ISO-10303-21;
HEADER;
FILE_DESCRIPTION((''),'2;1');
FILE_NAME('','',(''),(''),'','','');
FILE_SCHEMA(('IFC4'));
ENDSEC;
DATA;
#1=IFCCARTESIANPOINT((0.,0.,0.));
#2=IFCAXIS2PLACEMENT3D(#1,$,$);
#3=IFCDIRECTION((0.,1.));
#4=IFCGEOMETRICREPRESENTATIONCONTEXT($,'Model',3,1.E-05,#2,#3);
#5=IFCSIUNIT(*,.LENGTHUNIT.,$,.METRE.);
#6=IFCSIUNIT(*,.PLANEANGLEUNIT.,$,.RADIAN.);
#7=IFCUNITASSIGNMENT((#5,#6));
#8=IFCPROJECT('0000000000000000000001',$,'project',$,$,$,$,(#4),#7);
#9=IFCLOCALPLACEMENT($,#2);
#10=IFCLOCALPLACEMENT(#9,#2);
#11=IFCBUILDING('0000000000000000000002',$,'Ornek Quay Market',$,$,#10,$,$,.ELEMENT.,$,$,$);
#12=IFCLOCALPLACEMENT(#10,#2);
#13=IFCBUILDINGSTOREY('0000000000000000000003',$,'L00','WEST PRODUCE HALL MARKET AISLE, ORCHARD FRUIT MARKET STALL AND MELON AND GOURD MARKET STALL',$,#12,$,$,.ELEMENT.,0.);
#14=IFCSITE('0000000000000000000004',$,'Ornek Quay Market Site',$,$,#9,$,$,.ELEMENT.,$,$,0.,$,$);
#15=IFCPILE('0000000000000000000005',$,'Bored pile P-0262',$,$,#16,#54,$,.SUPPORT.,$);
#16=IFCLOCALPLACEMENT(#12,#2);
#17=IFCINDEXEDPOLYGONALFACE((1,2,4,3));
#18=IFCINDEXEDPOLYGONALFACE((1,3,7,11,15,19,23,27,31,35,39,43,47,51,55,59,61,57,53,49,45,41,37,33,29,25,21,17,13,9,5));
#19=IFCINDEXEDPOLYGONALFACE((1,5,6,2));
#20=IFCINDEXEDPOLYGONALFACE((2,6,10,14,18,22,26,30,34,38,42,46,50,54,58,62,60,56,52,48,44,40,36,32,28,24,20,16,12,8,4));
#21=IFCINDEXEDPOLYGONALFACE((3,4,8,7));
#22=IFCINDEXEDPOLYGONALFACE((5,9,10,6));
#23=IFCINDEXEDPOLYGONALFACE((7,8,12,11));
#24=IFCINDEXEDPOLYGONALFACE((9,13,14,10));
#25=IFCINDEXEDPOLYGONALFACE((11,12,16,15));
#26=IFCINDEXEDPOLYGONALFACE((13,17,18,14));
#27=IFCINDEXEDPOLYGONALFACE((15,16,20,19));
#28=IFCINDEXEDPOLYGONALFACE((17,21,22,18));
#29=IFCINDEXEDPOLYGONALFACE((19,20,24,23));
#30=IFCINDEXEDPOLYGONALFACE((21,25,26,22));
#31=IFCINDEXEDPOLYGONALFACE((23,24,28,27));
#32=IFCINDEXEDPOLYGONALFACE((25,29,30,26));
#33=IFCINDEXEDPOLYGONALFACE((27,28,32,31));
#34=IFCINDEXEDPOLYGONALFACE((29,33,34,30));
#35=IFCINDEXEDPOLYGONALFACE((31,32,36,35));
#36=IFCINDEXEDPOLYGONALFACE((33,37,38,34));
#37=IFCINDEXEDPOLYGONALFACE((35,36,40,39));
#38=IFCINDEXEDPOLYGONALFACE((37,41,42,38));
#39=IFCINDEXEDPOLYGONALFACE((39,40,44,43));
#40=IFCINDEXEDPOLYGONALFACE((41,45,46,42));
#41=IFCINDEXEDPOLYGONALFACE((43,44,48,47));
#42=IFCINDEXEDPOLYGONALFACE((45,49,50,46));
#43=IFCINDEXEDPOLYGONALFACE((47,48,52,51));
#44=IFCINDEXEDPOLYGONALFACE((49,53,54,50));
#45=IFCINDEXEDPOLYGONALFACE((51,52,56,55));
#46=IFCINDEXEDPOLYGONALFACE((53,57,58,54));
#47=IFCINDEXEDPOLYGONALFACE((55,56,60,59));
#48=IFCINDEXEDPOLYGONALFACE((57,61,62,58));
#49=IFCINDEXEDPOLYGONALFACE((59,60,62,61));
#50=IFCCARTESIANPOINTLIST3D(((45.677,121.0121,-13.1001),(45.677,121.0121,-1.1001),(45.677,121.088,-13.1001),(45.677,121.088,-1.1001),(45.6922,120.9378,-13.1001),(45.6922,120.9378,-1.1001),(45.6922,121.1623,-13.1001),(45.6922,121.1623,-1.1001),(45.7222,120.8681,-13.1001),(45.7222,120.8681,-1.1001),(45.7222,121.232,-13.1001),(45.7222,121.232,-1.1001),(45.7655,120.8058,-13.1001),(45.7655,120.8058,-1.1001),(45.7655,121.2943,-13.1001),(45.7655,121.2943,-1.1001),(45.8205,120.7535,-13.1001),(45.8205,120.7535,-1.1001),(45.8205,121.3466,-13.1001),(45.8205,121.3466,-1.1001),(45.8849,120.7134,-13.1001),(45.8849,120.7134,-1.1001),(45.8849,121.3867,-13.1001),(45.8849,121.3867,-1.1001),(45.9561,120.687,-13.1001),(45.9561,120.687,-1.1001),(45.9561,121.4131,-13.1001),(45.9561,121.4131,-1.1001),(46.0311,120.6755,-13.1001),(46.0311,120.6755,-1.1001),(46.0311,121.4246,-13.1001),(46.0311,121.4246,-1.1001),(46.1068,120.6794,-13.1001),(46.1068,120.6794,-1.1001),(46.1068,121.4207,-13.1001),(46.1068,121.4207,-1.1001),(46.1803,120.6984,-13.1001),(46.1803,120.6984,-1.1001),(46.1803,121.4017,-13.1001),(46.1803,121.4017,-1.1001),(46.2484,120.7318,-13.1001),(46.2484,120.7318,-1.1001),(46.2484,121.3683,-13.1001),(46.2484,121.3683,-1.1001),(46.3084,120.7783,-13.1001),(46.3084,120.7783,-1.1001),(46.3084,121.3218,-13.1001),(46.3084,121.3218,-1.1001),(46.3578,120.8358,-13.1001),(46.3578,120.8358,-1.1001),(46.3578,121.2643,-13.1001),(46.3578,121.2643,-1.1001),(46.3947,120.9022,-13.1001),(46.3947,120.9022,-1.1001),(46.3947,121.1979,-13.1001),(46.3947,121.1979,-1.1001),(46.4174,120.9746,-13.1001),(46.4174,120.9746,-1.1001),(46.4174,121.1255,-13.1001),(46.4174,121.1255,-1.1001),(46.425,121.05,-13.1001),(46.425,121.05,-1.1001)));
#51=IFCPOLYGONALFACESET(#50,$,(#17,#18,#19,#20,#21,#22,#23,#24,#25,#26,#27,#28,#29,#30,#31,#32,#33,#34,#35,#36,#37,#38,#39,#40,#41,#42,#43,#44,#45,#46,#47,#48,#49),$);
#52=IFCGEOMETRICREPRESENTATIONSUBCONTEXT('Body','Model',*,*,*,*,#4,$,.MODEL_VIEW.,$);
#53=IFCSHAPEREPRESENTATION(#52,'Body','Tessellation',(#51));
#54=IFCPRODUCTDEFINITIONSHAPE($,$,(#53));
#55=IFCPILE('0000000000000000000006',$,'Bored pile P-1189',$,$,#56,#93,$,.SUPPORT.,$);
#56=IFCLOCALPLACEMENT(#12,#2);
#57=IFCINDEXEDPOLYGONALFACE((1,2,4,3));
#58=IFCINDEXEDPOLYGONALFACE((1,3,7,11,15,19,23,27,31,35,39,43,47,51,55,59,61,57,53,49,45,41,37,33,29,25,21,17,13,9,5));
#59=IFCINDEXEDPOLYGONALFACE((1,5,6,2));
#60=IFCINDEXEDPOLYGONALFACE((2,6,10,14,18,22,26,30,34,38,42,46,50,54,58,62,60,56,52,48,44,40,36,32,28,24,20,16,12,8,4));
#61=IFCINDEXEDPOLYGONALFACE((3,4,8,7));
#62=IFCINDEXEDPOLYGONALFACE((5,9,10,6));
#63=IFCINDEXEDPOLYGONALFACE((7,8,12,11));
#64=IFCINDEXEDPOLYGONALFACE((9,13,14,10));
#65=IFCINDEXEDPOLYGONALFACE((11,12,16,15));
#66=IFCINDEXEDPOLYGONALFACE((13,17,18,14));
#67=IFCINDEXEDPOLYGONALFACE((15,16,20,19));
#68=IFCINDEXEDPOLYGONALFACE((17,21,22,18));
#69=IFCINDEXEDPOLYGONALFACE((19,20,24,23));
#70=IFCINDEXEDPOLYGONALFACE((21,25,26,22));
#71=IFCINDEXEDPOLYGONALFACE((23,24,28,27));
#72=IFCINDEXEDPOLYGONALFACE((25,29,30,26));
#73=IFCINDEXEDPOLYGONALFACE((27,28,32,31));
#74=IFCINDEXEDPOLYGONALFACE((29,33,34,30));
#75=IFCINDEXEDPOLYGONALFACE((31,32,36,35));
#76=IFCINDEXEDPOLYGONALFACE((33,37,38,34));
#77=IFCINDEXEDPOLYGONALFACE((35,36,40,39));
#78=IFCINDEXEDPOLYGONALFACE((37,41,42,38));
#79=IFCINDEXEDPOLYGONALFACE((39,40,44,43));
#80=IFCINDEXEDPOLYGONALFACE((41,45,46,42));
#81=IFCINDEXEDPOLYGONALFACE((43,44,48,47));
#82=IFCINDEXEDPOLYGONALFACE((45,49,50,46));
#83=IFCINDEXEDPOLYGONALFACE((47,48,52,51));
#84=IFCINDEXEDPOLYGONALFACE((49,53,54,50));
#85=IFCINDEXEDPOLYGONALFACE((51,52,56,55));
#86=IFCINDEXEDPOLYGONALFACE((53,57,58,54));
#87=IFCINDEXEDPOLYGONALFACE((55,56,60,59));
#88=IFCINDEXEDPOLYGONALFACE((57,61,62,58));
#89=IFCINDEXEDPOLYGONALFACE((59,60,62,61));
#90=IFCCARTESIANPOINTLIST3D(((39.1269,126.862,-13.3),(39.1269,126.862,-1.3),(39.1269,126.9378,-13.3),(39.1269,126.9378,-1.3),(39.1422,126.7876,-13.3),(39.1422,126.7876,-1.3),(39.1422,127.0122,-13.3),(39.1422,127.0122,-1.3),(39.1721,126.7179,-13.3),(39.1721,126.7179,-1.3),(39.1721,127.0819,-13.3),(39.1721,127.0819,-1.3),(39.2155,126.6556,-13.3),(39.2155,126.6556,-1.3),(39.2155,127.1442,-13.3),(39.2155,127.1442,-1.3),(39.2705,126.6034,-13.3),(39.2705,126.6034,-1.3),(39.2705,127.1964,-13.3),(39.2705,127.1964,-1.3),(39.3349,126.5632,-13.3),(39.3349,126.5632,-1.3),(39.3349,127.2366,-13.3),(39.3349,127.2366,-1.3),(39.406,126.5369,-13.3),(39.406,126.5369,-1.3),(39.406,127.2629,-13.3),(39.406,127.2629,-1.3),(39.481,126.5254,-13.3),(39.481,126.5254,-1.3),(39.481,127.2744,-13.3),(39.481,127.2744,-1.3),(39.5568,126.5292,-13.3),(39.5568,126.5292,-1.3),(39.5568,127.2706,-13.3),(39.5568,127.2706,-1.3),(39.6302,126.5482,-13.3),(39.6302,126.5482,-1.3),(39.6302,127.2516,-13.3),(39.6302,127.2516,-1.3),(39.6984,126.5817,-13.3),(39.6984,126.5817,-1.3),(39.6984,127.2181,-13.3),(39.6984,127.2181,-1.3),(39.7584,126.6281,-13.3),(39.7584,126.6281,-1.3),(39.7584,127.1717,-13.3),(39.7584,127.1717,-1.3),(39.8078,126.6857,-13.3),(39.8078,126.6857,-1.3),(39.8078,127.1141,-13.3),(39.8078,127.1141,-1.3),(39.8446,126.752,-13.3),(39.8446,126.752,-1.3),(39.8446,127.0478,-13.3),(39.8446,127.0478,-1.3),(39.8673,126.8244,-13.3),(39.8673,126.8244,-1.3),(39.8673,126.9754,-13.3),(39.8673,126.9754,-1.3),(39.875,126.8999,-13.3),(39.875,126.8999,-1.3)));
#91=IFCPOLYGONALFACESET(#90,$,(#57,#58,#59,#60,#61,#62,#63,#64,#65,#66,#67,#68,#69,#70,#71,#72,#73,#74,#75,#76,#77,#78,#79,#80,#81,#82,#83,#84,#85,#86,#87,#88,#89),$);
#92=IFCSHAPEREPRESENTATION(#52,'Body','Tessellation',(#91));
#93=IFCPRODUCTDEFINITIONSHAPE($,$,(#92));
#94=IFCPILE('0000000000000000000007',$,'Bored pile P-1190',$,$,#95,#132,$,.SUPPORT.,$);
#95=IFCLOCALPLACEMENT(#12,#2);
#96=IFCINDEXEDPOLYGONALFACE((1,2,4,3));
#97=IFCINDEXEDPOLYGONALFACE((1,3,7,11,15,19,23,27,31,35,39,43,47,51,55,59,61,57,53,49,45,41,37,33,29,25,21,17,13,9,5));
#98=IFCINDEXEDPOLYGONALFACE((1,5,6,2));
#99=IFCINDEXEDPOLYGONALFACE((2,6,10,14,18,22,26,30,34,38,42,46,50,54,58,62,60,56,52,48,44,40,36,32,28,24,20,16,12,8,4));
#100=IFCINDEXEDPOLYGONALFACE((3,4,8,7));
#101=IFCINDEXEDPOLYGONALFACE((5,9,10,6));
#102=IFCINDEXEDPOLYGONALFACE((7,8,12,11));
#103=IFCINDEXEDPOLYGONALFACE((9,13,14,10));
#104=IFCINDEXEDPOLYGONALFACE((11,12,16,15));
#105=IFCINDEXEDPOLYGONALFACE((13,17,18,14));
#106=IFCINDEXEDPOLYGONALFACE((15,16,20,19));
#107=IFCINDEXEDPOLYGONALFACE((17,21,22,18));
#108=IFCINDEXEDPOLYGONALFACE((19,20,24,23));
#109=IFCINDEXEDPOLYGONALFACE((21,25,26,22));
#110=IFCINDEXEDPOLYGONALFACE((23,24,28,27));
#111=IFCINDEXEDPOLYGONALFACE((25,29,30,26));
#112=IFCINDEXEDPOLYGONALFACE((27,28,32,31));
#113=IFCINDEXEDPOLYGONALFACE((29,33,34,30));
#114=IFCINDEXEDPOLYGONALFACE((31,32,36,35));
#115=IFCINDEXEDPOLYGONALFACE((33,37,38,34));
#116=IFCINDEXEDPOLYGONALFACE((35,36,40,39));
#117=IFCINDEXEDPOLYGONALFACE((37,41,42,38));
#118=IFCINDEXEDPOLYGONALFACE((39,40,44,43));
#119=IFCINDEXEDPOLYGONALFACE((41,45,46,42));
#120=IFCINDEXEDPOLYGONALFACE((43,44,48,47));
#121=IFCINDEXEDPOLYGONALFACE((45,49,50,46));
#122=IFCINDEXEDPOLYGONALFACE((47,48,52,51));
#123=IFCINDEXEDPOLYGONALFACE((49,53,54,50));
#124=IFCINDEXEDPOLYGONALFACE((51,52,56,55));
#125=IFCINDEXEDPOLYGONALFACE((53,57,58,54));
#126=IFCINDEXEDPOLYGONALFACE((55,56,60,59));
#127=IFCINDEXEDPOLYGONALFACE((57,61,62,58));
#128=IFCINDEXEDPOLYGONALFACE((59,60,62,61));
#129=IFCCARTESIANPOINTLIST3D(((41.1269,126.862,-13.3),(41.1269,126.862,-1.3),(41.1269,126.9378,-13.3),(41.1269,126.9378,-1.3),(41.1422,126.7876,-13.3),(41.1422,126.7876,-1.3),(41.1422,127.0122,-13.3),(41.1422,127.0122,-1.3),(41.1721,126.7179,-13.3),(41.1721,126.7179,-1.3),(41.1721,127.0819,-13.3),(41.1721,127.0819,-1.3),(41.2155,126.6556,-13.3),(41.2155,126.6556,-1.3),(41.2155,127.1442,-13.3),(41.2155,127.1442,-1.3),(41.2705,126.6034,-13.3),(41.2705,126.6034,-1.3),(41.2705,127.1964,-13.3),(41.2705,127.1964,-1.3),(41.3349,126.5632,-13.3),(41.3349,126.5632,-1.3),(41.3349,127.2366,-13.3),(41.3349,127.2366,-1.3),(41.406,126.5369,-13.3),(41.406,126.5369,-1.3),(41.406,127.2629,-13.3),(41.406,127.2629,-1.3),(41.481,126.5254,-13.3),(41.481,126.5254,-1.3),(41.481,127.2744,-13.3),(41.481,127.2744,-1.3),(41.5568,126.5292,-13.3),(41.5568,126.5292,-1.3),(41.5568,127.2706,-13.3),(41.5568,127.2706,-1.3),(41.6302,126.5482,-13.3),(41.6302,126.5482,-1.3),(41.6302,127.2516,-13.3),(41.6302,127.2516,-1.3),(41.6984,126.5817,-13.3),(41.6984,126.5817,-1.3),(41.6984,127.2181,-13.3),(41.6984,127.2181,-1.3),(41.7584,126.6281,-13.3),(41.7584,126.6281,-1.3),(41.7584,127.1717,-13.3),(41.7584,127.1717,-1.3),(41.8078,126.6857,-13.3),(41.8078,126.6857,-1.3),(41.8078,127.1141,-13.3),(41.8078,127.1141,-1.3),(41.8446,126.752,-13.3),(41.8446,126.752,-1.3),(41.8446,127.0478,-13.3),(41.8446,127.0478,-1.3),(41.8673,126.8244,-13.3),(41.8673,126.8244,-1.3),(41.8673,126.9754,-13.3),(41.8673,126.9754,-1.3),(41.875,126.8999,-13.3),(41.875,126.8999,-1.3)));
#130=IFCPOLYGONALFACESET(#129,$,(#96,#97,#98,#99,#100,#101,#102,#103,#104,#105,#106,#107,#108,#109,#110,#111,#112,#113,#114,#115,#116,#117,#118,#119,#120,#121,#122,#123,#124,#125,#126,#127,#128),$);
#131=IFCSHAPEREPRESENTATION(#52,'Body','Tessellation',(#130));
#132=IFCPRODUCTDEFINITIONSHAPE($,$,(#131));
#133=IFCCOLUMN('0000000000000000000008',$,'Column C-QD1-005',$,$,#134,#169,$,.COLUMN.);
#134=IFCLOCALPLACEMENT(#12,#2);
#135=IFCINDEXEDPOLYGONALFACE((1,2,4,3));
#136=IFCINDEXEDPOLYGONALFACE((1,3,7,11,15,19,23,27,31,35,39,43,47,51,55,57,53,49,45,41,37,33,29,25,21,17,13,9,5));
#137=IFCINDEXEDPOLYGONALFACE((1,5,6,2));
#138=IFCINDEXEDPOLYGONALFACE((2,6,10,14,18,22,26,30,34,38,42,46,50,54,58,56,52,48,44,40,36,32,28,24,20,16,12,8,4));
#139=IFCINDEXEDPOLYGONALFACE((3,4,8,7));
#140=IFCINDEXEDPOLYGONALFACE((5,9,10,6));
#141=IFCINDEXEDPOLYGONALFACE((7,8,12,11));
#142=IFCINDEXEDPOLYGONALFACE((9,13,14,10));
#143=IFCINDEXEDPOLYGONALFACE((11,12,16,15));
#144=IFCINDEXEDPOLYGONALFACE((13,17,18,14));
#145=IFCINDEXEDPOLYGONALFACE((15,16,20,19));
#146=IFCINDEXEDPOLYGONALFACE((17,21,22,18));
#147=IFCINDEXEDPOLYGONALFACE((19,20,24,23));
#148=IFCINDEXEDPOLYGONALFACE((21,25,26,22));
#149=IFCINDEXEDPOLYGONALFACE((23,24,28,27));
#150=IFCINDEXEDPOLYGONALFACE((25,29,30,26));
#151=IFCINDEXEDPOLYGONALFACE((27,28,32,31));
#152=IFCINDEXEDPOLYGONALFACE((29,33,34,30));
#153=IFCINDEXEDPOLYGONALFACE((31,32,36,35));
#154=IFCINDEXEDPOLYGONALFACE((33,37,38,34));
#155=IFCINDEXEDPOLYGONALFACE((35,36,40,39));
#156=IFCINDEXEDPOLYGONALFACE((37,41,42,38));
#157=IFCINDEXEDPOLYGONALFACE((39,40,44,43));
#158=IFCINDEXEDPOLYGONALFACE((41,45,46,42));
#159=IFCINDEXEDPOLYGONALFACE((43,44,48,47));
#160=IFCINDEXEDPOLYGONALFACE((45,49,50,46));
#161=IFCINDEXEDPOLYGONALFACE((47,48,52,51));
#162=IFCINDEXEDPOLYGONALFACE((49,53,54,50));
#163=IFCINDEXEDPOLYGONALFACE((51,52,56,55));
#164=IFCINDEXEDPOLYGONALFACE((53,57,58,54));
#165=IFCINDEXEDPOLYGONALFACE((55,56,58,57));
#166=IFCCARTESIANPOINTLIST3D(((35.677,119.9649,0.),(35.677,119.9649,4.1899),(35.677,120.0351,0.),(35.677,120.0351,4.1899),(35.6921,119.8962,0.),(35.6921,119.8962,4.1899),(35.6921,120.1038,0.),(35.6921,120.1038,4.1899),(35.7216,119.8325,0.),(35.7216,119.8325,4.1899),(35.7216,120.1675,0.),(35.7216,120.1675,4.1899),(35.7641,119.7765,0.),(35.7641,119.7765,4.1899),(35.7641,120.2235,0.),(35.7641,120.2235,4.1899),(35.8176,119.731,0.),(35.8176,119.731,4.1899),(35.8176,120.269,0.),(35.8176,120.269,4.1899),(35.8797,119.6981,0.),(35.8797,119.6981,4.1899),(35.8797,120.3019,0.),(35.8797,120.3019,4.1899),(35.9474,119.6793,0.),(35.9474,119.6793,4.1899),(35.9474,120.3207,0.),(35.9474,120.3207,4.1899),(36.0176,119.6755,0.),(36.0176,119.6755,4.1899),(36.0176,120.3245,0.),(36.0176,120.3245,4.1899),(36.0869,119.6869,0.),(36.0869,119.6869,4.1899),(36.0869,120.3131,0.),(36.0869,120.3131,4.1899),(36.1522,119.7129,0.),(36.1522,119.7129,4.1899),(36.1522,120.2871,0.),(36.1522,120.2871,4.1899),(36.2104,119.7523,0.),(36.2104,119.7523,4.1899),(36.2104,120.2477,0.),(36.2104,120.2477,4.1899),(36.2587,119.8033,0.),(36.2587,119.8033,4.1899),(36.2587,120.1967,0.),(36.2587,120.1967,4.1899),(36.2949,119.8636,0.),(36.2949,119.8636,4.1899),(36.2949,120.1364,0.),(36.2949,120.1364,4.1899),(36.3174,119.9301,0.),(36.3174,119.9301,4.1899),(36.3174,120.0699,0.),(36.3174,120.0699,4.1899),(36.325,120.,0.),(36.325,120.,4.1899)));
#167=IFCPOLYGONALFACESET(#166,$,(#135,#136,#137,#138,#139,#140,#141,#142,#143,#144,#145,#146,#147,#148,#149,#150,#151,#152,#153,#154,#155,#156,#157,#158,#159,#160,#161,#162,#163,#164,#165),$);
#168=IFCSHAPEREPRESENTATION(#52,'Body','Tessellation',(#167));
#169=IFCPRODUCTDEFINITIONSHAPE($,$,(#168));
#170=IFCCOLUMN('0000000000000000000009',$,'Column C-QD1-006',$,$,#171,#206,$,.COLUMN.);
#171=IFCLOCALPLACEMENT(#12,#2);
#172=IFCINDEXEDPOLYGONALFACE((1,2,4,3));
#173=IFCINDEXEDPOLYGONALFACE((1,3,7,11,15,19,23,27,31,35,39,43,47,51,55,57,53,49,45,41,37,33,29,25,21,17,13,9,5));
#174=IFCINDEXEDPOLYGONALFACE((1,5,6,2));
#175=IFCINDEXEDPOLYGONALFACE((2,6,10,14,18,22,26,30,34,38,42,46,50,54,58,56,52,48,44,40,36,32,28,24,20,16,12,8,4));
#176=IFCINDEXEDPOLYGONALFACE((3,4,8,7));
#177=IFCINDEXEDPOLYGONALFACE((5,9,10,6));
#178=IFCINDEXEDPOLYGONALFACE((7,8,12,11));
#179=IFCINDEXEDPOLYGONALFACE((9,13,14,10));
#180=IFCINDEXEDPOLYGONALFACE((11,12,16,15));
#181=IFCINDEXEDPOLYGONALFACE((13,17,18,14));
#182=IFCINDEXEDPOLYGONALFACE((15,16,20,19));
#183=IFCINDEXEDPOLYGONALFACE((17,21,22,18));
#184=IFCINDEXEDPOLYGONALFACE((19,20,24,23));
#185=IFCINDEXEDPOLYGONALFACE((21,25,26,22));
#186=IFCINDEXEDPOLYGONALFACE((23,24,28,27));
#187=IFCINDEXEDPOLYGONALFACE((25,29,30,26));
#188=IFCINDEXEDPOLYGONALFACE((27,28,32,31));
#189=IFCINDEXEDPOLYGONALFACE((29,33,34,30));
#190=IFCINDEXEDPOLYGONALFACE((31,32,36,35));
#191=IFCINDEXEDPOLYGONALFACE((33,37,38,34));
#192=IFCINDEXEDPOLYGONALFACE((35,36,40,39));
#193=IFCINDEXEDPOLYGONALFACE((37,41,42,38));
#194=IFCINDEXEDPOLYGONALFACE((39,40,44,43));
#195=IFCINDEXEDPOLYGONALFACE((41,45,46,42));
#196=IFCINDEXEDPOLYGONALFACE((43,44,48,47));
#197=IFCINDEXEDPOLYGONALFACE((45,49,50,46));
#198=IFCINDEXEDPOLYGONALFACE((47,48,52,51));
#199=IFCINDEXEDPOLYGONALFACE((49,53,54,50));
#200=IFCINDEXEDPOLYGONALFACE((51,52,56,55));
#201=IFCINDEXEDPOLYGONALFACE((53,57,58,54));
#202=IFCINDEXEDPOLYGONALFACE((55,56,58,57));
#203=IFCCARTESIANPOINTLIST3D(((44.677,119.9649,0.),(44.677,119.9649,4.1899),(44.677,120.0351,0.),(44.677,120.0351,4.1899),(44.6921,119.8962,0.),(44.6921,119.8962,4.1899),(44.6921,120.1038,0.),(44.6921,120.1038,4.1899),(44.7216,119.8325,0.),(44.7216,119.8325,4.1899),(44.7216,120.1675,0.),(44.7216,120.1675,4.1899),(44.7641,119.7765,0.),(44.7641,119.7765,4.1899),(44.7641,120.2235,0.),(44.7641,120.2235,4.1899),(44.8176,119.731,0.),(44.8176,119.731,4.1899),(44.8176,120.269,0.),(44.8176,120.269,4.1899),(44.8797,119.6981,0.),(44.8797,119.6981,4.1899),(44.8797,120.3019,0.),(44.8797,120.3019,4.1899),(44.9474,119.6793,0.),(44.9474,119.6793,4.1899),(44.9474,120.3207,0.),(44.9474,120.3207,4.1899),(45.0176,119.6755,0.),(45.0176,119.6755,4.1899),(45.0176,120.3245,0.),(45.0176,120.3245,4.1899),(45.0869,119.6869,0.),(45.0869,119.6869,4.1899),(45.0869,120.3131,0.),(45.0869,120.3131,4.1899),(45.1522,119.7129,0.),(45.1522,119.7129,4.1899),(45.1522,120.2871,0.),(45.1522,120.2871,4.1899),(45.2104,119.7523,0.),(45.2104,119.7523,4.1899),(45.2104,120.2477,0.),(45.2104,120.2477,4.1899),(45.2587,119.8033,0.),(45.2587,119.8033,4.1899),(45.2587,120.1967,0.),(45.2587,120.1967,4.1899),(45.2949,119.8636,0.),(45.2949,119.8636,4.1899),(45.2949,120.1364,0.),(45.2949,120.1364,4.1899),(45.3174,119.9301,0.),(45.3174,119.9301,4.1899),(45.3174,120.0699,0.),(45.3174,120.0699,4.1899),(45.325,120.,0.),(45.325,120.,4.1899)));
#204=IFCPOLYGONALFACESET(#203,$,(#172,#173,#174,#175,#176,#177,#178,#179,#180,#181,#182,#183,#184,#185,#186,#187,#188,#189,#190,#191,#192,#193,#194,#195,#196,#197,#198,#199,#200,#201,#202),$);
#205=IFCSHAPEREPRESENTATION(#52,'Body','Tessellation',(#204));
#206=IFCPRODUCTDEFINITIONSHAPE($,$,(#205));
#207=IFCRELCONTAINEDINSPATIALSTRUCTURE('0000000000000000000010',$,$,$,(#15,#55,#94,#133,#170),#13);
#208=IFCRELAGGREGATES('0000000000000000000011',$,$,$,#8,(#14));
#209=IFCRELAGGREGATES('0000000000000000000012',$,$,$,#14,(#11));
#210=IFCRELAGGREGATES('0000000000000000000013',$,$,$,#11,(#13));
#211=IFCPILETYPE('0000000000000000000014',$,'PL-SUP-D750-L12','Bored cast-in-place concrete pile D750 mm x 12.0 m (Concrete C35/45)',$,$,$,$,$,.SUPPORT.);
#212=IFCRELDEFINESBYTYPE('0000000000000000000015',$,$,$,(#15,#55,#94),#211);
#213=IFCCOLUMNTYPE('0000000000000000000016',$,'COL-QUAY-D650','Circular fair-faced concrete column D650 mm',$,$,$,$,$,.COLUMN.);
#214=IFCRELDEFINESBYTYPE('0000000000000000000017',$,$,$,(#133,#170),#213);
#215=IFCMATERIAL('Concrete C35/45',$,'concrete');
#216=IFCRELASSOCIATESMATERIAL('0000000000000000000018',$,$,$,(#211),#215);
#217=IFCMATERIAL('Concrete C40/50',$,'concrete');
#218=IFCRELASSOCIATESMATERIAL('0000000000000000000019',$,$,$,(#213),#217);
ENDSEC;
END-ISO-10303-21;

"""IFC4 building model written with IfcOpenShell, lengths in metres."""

from ifc_helpers import new_model, si_unit, direction, frame, origin, origin_2d, place, context, subcontext, project, spatial, circle, extrude, material, material_profile, profile_set, type_object, element, save


model = new_model("IFC4")

# Units and contexts
model_context = context("Model", 3, precision=1e-05, world=origin(), true_north=direction((0.0, 1.0)))
body_context = subcontext(model_context, "Body", "Model", "MODEL_VIEW")
ifc_project = project(units=[si_unit("LENGTHUNIT", "METRE"), si_unit("PLANEANGLEUNIT", "RADIAN")], contexts=[model_context])

# Site, building, storey
site_placement = place(None, origin())
site = spatial("IfcSite", under=ifc_project, at=site_placement, Name="Ornek Quay Market Site", CompositionType="ELEMENT", RefElevation=0.0)
building_placement = place(site_placement, origin())
building = spatial("IfcBuilding", under=site, at=building_placement, Name="Ornek Quay Market", CompositionType="ELEMENT")
storey_placement = place(building_placement, origin())
storey = spatial("IfcBuildingStorey", under=building, at=storey_placement, Name="L00", Description="WEST PRODUCE HALL MARKET AISLE, ORCHARD FRUIT MARKET STALL AND MELON AND GOURD MARKET STALL", CompositionType="ELEMENT", Elevation=0.0)

# Piles
ifc_material_1 = material(Name="Concrete C35/45", Category="concrete")
ifc_material_profile_1 = material_profile(ifc_material_1, circle(Radius=0.375, at=origin_2d()), Name="PILE D750", Category="concrete")
ifc_profile_set_1 = profile_set([ifc_material_profile_1], Name="Concrete C35/45")
pile_type = type_object("IfcPileType", Name="PL-SUP-D750-L12", Description="Bored cast-in-place concrete pile D750 mm x 12.0 m (Concrete C35/45)", PredefinedType="SUPPORT", material=ifc_profile_set_1)
for number, where, z_axis, x_axis, name in (
    (1, (46.05, 121.05, -1.1001), (0.0, 0.0, -1.0), (1.0, 0.0, 0.0), "Bored pile P-0262"),
    (2, (39.5, 126.8999, -1.3), (0.0, 0.0, -1.0), (1.0, 0.0, 0.0), "Bored pile P-1189"),
    (3, (41.5, 126.8999, -1.3), (0.0, 0.0, -1.0), (1.0, 0.0, 0.0), "Bored pile P-1190"),
):
    element("IfcPile", number, at=place(storey_placement, frame(where, z_axis=z_axis, x_axis=x_axis)), inside=storey, type_object=pile_type, Name=name, PredefinedType="SUPPORT", context=body_context, shape_type="SweptSolid", body=[
        extrude(circle(Radius=0.375, at=origin_2d()), origin(), (0.0, 0.0, 1.0), 12.0),
    ])

# Columns
ifc_material_2 = material(Name="Concrete C40/50", Category="concrete")
ifc_material_profile_2 = material_profile(ifc_material_2, circle(Radius=0.325, at=origin_2d()), Name="RC D650", Category="concrete")
ifc_profile_set_2 = profile_set([ifc_material_profile_2], Name="Concrete C40/50")
column_type = type_object("IfcColumnType", Name="COL-QUAY-D650", Description="Circular fair-faced concrete column D650 mm", PredefinedType="COLUMN", material=ifc_profile_set_2)
for number, where, z_axis, x_axis, name in (
    (4, (36.0, 120.0, 0.0), (0.0, 0.0, 1.0), (1.0, 0.0, 0.0), "Column C-QD1-005"),
    (5, (45.0, 120.0, 0.0), (0.0, 0.0, 1.0), (1.0, 0.0, 0.0), "Column C-QD1-006"),
):
    element("IfcColumn", number, at=place(storey_placement, frame(where, z_axis=z_axis, x_axis=x_axis)), inside=storey, type_object=column_type, Name=name, PredefinedType="COLUMN", context=body_context, shape_type="SweptSolid", body=[
        extrude(circle(Radius=0.325, at=origin_2d()), origin(), (0.0, 0.0, 1.0), 4.1899),
    ])

save(model, "model.ifc")
